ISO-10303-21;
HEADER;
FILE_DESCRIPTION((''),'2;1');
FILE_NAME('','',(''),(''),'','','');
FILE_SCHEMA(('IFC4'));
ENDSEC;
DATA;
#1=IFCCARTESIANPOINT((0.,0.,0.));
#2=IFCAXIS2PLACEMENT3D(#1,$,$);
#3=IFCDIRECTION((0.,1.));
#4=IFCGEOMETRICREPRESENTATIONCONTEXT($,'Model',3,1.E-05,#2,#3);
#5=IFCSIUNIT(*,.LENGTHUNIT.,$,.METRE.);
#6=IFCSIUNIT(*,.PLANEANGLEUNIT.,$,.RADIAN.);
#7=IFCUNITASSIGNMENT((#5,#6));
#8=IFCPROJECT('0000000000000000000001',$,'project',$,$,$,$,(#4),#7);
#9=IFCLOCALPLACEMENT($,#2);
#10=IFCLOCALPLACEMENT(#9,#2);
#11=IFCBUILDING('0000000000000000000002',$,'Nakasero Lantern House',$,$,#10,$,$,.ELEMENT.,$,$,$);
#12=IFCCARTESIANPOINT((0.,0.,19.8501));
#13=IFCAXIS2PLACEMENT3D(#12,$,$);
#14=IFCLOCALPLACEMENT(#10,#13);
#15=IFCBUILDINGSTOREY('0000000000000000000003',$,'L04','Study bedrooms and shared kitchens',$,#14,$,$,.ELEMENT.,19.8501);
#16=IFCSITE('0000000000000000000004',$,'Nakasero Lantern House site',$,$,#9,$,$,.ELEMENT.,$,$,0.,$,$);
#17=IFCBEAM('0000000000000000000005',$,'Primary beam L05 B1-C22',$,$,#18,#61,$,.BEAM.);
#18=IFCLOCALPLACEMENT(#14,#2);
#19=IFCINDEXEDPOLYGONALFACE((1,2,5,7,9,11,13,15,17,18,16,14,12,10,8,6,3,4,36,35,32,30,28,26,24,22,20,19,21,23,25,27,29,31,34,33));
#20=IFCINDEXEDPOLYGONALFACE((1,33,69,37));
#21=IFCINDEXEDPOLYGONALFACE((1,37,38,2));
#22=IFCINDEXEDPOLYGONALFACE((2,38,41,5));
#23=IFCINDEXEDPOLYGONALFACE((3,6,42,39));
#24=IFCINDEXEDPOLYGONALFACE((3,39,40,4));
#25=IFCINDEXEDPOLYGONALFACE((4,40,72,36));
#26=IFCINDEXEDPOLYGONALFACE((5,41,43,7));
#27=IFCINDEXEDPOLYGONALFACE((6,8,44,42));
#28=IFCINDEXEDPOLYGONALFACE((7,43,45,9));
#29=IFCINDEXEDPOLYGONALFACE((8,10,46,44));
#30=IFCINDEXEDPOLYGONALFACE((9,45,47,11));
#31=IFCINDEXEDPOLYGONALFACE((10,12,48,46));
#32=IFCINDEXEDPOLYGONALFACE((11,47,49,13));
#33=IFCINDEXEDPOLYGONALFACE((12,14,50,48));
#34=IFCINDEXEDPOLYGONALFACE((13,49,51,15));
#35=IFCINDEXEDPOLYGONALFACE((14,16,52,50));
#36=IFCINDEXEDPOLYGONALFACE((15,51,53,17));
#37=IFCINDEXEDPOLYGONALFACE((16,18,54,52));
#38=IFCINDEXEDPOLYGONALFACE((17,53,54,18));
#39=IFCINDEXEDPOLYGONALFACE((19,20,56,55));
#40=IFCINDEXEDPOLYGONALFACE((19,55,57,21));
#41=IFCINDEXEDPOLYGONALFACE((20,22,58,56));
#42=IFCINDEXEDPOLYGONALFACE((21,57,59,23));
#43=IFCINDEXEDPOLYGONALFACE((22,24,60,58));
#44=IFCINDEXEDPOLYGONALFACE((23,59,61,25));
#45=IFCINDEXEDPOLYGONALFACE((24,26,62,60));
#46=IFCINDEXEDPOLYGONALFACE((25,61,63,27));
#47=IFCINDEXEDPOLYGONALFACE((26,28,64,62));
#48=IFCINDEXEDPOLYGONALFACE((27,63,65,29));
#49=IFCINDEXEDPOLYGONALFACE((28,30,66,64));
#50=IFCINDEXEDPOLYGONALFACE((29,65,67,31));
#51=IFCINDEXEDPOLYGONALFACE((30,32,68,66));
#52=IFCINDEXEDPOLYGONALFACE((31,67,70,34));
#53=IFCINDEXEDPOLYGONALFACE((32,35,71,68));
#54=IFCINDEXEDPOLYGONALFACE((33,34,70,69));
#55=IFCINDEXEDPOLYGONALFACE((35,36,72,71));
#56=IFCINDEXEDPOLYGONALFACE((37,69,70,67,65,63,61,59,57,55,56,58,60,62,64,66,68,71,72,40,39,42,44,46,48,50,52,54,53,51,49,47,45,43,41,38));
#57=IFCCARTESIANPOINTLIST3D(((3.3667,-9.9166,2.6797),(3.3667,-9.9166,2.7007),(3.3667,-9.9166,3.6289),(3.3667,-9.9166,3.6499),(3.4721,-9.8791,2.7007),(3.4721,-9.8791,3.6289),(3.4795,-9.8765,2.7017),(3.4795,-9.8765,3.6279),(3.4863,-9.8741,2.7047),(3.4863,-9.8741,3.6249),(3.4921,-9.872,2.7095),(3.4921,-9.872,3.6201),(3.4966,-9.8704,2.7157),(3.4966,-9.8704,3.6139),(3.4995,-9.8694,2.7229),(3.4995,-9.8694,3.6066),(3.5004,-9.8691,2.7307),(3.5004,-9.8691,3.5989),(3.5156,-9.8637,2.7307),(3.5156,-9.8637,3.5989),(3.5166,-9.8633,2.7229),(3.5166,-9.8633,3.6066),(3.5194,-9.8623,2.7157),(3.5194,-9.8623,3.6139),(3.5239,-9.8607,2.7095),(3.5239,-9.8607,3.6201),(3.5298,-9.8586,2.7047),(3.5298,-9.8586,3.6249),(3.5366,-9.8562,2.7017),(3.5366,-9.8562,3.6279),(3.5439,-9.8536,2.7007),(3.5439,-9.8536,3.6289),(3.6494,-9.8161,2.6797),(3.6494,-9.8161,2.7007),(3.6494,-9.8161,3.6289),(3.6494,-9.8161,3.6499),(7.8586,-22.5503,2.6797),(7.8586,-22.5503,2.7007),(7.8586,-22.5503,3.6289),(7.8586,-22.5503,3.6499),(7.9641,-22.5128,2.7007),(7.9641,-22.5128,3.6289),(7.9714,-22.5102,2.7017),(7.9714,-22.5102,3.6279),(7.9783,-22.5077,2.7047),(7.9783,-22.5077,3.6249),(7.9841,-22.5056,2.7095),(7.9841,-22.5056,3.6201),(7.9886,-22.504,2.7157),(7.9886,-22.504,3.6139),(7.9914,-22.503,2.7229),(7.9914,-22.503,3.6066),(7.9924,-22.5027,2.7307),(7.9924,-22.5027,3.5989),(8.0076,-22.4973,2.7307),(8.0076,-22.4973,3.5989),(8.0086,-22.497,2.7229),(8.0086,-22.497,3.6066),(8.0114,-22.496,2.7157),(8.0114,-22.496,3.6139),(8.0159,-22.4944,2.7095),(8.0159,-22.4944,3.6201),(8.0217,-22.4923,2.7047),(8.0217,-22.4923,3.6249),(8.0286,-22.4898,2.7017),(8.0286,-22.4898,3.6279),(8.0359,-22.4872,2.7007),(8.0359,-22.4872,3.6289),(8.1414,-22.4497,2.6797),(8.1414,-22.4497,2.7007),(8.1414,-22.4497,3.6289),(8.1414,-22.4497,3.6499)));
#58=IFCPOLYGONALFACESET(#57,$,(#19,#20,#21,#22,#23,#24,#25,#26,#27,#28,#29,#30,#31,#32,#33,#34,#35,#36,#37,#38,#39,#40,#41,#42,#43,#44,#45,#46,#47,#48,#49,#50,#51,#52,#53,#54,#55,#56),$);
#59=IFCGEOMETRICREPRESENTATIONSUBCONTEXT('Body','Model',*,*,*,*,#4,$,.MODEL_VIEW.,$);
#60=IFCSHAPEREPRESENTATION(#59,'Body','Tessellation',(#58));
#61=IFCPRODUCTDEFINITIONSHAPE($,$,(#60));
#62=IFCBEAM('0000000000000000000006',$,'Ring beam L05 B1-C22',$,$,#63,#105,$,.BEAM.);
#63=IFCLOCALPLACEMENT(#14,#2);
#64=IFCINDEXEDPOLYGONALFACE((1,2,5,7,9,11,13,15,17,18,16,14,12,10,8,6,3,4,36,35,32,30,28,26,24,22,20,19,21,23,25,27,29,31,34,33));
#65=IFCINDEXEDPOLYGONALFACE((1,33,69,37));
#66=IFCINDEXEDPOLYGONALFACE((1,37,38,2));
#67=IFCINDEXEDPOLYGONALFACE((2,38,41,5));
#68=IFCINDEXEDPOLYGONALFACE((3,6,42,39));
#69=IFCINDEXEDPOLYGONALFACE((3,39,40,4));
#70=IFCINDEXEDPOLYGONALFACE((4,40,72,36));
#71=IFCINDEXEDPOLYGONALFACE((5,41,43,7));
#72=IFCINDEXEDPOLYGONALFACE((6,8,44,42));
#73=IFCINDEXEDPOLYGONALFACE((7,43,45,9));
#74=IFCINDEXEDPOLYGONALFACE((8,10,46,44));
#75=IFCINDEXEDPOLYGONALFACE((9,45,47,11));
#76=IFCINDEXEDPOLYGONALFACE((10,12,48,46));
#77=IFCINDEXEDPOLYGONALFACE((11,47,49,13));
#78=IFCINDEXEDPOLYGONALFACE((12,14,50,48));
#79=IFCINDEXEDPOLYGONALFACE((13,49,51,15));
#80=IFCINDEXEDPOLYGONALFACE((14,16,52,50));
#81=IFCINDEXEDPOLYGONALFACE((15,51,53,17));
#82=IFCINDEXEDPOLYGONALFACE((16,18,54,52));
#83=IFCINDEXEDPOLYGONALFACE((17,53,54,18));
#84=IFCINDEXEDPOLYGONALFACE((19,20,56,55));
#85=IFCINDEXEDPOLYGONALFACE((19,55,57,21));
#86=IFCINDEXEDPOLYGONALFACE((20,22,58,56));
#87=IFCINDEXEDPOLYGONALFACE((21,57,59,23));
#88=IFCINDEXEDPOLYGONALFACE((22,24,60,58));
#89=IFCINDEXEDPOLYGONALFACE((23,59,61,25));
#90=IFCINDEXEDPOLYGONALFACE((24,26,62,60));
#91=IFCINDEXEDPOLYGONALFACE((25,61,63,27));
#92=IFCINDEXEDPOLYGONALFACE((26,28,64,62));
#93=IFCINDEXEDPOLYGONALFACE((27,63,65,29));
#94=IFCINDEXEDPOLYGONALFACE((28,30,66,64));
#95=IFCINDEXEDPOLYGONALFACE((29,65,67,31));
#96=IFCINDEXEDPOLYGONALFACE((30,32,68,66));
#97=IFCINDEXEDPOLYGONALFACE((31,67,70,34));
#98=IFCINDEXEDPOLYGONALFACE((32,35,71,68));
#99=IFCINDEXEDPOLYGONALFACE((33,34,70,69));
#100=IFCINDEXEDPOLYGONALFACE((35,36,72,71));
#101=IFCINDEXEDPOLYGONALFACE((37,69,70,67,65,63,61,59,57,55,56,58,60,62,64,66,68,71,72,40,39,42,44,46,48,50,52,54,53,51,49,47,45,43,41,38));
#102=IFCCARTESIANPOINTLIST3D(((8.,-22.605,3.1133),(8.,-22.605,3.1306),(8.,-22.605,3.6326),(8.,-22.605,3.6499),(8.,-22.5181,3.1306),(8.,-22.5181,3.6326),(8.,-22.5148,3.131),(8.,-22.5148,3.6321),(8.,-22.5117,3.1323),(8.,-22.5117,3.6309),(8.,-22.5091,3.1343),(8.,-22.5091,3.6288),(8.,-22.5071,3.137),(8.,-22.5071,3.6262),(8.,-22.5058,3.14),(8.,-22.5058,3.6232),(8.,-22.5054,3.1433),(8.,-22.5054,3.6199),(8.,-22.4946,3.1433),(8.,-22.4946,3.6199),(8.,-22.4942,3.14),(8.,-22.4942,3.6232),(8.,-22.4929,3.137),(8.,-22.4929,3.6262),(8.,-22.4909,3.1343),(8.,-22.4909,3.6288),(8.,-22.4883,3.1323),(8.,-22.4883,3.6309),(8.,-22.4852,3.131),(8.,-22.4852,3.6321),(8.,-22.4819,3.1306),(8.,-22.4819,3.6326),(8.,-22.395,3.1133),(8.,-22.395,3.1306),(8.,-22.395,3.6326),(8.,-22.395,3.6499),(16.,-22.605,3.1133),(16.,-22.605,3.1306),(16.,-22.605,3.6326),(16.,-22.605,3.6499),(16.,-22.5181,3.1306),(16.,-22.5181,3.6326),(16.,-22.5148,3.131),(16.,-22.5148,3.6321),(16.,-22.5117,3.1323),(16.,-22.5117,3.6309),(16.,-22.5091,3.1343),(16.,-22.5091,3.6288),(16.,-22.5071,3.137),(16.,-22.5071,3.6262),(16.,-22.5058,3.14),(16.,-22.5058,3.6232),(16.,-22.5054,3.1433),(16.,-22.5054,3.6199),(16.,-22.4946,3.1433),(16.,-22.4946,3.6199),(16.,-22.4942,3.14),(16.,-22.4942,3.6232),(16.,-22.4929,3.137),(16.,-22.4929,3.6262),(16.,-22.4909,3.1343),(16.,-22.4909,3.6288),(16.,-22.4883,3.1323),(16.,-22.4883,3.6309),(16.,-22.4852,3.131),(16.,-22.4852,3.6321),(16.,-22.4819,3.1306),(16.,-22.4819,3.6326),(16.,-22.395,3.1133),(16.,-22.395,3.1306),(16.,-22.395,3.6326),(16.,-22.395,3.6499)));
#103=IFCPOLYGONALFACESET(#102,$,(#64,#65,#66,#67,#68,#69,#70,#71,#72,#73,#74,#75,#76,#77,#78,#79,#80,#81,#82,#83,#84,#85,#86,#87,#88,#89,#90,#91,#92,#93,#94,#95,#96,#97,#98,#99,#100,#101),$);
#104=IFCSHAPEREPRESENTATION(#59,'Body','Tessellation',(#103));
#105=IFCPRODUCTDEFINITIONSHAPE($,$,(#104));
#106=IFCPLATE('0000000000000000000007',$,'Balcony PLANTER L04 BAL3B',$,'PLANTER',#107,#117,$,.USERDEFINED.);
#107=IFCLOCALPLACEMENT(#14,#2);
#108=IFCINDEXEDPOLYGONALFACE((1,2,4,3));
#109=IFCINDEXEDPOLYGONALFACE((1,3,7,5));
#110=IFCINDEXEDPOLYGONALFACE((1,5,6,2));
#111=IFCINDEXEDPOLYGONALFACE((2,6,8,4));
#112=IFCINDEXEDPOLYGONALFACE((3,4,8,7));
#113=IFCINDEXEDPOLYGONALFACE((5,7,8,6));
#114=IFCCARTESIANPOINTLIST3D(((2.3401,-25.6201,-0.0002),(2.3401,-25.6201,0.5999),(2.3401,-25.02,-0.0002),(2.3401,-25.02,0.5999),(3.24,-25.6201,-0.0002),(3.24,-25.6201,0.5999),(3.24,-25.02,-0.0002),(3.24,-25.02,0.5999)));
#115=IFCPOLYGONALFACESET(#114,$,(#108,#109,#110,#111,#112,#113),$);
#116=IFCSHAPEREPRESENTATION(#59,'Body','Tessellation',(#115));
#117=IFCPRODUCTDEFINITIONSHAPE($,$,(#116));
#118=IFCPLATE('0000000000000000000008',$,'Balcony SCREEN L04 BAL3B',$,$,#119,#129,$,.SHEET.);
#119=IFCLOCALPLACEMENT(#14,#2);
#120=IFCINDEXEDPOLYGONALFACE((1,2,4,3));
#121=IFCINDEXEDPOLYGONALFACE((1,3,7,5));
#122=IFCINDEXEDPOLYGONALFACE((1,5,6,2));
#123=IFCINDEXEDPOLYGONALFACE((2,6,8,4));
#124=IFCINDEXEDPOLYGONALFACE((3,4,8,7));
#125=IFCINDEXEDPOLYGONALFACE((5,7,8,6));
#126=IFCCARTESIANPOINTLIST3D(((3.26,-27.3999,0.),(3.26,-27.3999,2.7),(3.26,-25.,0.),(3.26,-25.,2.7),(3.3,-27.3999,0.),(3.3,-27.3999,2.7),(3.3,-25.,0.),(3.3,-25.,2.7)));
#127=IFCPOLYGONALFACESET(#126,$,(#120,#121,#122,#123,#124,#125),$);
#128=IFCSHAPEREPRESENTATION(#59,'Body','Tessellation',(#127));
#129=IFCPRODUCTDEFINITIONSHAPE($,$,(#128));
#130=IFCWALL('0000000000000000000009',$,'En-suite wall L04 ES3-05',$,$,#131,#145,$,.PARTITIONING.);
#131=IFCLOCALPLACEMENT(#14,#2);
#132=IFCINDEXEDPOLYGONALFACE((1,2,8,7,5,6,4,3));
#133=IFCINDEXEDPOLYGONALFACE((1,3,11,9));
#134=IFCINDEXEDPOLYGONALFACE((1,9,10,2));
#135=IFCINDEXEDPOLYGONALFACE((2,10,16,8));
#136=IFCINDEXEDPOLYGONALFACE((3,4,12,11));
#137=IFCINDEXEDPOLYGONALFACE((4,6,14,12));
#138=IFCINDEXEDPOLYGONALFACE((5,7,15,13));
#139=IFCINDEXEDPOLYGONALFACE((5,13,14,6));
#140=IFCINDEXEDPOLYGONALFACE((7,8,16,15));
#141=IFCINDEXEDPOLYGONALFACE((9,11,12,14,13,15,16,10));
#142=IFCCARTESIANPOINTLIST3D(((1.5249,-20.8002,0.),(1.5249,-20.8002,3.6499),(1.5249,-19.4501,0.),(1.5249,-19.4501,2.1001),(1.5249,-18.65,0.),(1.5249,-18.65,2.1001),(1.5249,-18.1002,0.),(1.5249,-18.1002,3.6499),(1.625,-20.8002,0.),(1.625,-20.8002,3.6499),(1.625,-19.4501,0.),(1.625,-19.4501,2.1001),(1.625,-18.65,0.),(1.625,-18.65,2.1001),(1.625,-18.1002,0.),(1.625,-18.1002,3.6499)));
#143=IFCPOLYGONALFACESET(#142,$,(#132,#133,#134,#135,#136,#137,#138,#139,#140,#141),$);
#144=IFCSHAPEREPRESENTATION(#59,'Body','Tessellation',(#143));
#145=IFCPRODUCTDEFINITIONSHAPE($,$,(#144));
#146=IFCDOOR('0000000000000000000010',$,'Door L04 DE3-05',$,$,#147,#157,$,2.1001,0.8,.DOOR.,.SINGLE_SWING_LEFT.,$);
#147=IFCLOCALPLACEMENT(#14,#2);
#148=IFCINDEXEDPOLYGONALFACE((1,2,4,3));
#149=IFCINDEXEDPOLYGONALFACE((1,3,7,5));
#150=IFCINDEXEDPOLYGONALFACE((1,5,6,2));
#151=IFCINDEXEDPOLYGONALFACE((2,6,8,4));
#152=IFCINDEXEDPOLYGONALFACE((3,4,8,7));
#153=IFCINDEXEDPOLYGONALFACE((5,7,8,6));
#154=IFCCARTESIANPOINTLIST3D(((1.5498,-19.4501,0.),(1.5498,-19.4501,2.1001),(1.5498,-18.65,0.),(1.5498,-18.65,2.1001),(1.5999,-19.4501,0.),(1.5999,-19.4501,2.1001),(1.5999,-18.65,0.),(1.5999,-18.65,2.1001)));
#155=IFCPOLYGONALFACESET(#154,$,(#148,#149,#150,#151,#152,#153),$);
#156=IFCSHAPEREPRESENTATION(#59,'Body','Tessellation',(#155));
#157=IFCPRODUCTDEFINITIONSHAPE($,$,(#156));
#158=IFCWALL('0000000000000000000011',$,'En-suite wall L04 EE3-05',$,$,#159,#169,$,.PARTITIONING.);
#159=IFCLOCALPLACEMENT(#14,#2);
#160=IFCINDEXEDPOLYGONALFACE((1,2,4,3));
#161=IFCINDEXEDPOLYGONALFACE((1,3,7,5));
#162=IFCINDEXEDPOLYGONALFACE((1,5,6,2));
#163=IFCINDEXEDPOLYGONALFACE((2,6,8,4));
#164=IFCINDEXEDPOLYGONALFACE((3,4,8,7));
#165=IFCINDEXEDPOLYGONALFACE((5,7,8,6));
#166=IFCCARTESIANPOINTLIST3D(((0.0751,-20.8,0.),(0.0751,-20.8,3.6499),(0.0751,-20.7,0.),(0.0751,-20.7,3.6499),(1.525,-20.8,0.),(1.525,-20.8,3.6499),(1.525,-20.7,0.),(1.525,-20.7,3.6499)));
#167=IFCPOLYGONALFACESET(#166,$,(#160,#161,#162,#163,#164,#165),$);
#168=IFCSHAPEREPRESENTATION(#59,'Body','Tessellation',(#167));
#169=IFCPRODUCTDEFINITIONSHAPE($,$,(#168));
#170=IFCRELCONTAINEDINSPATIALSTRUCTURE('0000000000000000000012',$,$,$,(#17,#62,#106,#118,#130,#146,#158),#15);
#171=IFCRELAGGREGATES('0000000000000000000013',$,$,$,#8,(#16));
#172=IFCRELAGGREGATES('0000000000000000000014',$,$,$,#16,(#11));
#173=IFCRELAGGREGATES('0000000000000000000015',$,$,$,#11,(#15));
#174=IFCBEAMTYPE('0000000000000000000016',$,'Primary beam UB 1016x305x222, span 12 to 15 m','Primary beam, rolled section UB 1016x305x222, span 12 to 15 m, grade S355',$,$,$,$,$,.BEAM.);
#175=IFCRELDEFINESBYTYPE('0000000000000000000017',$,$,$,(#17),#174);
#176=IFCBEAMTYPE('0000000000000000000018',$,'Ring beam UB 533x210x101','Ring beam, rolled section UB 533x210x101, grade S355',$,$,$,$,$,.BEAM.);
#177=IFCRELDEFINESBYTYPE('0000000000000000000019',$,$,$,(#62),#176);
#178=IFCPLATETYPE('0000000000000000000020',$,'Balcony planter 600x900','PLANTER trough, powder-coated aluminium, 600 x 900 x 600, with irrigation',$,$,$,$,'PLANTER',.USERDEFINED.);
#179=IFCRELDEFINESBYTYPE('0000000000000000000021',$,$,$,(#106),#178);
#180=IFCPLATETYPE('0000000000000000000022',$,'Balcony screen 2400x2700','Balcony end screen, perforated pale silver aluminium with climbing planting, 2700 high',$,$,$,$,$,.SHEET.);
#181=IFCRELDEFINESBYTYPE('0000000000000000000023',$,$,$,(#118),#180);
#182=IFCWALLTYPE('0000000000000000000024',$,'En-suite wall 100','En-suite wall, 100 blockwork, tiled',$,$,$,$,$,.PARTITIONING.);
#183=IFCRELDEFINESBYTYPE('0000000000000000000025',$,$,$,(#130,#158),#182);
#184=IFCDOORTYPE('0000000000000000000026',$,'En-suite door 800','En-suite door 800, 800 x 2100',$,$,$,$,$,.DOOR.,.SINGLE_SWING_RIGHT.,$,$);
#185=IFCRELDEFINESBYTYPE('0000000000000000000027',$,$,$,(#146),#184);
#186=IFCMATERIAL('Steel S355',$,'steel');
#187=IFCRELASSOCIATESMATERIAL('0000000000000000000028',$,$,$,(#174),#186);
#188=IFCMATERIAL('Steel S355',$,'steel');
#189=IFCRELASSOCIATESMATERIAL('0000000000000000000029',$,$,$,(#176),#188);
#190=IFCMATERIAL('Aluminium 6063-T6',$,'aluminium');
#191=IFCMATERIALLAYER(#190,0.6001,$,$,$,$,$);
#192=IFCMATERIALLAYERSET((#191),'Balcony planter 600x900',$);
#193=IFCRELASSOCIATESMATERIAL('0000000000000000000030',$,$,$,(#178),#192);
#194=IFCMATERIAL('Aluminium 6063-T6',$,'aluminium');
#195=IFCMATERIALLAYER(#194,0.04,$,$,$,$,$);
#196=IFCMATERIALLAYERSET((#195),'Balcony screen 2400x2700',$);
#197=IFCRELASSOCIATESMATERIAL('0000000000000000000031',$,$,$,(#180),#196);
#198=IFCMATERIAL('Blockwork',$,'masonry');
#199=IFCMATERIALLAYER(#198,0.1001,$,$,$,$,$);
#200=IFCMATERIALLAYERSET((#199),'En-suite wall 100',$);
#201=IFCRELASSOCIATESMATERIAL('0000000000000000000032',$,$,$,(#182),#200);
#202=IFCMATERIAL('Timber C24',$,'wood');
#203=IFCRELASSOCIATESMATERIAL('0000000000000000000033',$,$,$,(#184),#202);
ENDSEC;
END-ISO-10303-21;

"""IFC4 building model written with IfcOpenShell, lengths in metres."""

from ifc_helpers import new_model, si_unit, direction, frame, frame_2d, origin, origin_2d, place, context, subcontext, project, spatial, rectangle, i_section, extrude, material, layer, layer_set, material_profile, profile_set, type_object, element, fill, save


model = new_model("IFC4")

# Units and contexts
model_context = context("Model", 3, precision=1e-05, world=origin(), true_north=direction((0.0, 1.0)))
body_context = subcontext(model_context, "Body", "Model", "MODEL_VIEW")
ifc_project = project(units=[si_unit("LENGTHUNIT", "METRE"), si_unit("PLANEANGLEUNIT", "RADIAN")], contexts=[model_context])

# Site, building, storey
site_placement = place(None, origin())
site = spatial("IfcSite", under=ifc_project, at=site_placement, Name="Nakasero Lantern House site", CompositionType="ELEMENT", RefElevation=0.0)
building_placement = place(site_placement, origin())
building = spatial("IfcBuilding", under=site, at=building_placement, Name="Nakasero Lantern House", CompositionType="ELEMENT")
storey_placement = place(building_placement, frame((0.0, 0.0, 19.8501)))
storey = spatial("IfcBuildingStorey", under=building, at=storey_placement, Name="L04", Description="Study bedrooms and shared kitchens", CompositionType="ELEMENT", Elevation=19.8501)

# Beams
ifc_material_1 = material(Name="Steel S355", Category="steel")
ifc_material_profile_1 = material_profile(ifc_material_1, i_section(OverallWidth=0.3, OverallDepth=0.9702, WebThickness=0.0161, FlangeThickness=0.021, FilletRadius=0.03, at=origin_2d()), Name="UB 1016x305x222")
ifc_profile_set_1 = profile_set([ifc_material_profile_1], Name="Steel S355")
beam_type_1 = type_object("IfcBeamType", Name="Primary beam UB 1016x305x222, span 12 to 15 m", Description="Primary beam, rolled section UB 1016x305x222, span 12 to 15 m, grade S355", PredefinedType="BEAM", material=ifc_profile_set_1)
beam_1_placement = place(storey_placement, frame((8.0, -22.5, 3.1648), z_axis=(-0.335011, 0.942214, 0.0), x_axis=(-0.942214, -0.335011, 0.0)))
element("IfcBeam", 1, at=beam_1_placement, inside=storey, type_object=beam_type_1, Name="Primary beam L05 B1-C22", PredefinedType="BEAM", context=body_context, shape_type="SweptSolid", body=[
    extrude(i_section(OverallWidth=0.3, OverallDepth=0.9702, WebThickness=0.0161, FlangeThickness=0.021, FilletRadius=0.03, at=origin_2d()), origin(), (0.0, 0.0, 1.0), 13.4084),
])
ifc_material_2 = material(Name="Steel S355", Category="steel")
ifc_material_profile_2 = material_profile(ifc_material_2, i_section(OverallWidth=0.21, OverallDepth=0.5366, WebThickness=0.0107, FlangeThickness=0.0173, FilletRadius=0.0127, at=origin_2d()), Name="UB 533x210x101")
ifc_profile_set_2 = profile_set([ifc_material_profile_2], Name="Steel S355")
beam_type_2 = type_object("IfcBeamType", Name="Ring beam UB 533x210x101", Description="Ring beam, rolled section UB 533x210x101, grade S355", PredefinedType="BEAM", material=ifc_profile_set_2)
beam_2_placement = place(storey_placement, frame((8.0, -22.5, 3.3816), z_axis=(1.0, 0.0, 0.0), x_axis=(0.0, 1.0, 0.0)))
element("IfcBeam", 2, at=beam_2_placement, inside=storey, type_object=beam_type_2, Name="Ring beam L05 B1-C22", PredefinedType="BEAM", context=body_context, shape_type="SweptSolid", body=[
    extrude(i_section(OverallWidth=0.21, OverallDepth=0.5366, WebThickness=0.0107, FlangeThickness=0.0173, FilletRadius=0.0127, at=origin_2d()), origin(), (0.0, 0.0, 1.0), 8.0),
])

# Plates
ifc_material_3 = material(Name="Aluminium 6063-T6", Category="aluminium")
ifc_layer_1 = layer(ifc_material_3, 0.6001)
ifc_layer_set_1 = layer_set([ifc_layer_1], Name="Balcony planter 600x900")
plate_type_1 = type_object("IfcPlateType", Name="Balcony planter 600x900", Description="PLANTER trough, powder-coated aluminium, 600 x 900 x 600, with irrigation", ElementType="PLANTER", PredefinedType="USERDEFINED", material=ifc_layer_set_1)
plate_1_placement = place(storey_placement, frame((2.79, -25.3201, -0.0002), z_axis=(0.0, 0.0, 1.0), x_axis=(0.0, -1.0, 0.0)))
element("IfcPlate", 3, at=plate_1_placement, inside=storey, type_object=plate_type_1, Name="Balcony PLANTER L04 BAL3B", ObjectType="PLANTER", PredefinedType="USERDEFINED", context=body_context, shape_type="SweptSolid", body=[
    extrude(rectangle(XDim=0.6001, YDim=0.8999, at=origin_2d()), origin(), (0.0, 0.0, 1.0), 0.6001),
])
ifc_material_4 = material(Name="Aluminium 6063-T6", Category="aluminium")
ifc_layer_2 = layer(ifc_material_4, 0.04)
ifc_layer_set_2 = layer_set([ifc_layer_2], Name="Balcony screen 2400x2700")
plate_type_2 = type_object("IfcPlateType", Name="Balcony screen 2400x2700", Description="Balcony end screen, perforated pale silver aluminium with climbing planting, 2700 high", PredefinedType="SHEET", material=ifc_layer_set_2)
plate_2_placement = place(storey_placement, frame((3.28, -26.2, 0.0), z_axis=(0.0, 0.0, 1.0), x_axis=(0.0, -1.0, 0.0)))
element("IfcPlate", 4, at=plate_2_placement, inside=storey, type_object=plate_type_2, Name="Balcony SCREEN L04 BAL3B", PredefinedType="SHEET", context=body_context, shape_type="SweptSolid", body=[
    extrude(rectangle(XDim=2.3999, YDim=0.04, at=origin_2d()), origin(), (0.0, 0.0, 1.0), 2.7),
])

# Wall, opening, door
ifc_material_5 = material(Name="Blockwork", Category="masonry")
ifc_layer_3 = layer(ifc_material_5, 0.1001)
ifc_layer_set_3 = layer_set([ifc_layer_3], Name="En-suite wall 100")
wall_type_1 = type_object("IfcWallType", Name="En-suite wall 100", Description="En-suite wall, 100 blockwork, tiled", PredefinedType="PARTITIONING", material=ifc_layer_set_3)
wall_1_placement = place(storey_placement, frame((1.575, -18.1001, 0.0), z_axis=(0.0, 0.0, 1.0), x_axis=(0.0, -1.0, 0.0)))
wall_1 = element("IfcWall", 5, at=wall_1_placement, inside=storey, type_object=wall_type_1, Name="En-suite wall L04 ES3-05", PredefinedType="PARTITIONING", context=body_context, shape_type="SweptSolid", body=[
    extrude(rectangle(XDim=2.7, YDim=0.1001, at=frame_2d((1.3501, 0.0))), origin(), (0.0, 0.0, 1.0), 3.6499),
])
opening_1_placement = place(wall_1_placement, frame((0.55, 0.0, 0.0)))
opening_1 = element("IfcOpeningElement", 6, at=opening_1_placement, cuts=wall_1, PredefinedType="OPENING", context=body_context, shape_type="SweptSolid", body=[
    extrude(rectangle(XDim=0.8, YDim=2.1001, at=frame_2d((0.3999, 1.05))), frame((0.0, 0.0701, 0.0), z_axis=(0.0, -1.0, 0.0), x_axis=(1.0, 0.0, 0.0)), (0.0, 0.0, 1.0), 0.1401),
])
ifc_material_6 = material(Name="Timber C24", Category="wood")
door_type_1 = type_object("IfcDoorType", Name="En-suite door 800", Description="En-suite door 800, 800 x 2100", OperationType="SINGLE_SWING_RIGHT", PredefinedType="DOOR", material=ifc_material_6)
door_1_placement = place(opening_1_placement, origin())
door_1 = element("IfcDoor", 7, at=door_1_placement, inside=storey, type_object=door_type_1, Name="Door L04 DE3-05", OperationType="SINGLE_SWING_LEFT", OverallHeight=2.1001, OverallWidth=0.8, PredefinedType="DOOR", context=body_context, shape_type="SweptSolid", body=[
    extrude(rectangle(XDim=0.8, YDim=2.1001, at=frame_2d((0.3999, 1.05))), frame((0.0, 0.0249, 0.0), z_axis=(0.0, -1.0, 0.0), x_axis=(1.0, 0.0, 0.0)), (0.0, 0.0, 1.0), 0.05),
])
fill(opening_1, door_1)

# Wall
wall_2_placement = place(storey_placement, frame((0.075, -20.75, 0.0), z_axis=(0.0, 0.0, 1.0), x_axis=(1.0, 0.0, 0.0)))
element("IfcWall", 8, at=wall_2_placement, inside=storey, type_object=wall_type_1, Name="En-suite wall L04 EE3-05", PredefinedType="PARTITIONING", context=body_context, shape_type="SweptSolid", body=[
    extrude(rectangle(XDim=1.45, YDim=0.1001, at=frame_2d((0.7251, 0.0))), origin(), (0.0, 0.0, 1.0), 3.6499),
])

save(model, "model.ifc")
